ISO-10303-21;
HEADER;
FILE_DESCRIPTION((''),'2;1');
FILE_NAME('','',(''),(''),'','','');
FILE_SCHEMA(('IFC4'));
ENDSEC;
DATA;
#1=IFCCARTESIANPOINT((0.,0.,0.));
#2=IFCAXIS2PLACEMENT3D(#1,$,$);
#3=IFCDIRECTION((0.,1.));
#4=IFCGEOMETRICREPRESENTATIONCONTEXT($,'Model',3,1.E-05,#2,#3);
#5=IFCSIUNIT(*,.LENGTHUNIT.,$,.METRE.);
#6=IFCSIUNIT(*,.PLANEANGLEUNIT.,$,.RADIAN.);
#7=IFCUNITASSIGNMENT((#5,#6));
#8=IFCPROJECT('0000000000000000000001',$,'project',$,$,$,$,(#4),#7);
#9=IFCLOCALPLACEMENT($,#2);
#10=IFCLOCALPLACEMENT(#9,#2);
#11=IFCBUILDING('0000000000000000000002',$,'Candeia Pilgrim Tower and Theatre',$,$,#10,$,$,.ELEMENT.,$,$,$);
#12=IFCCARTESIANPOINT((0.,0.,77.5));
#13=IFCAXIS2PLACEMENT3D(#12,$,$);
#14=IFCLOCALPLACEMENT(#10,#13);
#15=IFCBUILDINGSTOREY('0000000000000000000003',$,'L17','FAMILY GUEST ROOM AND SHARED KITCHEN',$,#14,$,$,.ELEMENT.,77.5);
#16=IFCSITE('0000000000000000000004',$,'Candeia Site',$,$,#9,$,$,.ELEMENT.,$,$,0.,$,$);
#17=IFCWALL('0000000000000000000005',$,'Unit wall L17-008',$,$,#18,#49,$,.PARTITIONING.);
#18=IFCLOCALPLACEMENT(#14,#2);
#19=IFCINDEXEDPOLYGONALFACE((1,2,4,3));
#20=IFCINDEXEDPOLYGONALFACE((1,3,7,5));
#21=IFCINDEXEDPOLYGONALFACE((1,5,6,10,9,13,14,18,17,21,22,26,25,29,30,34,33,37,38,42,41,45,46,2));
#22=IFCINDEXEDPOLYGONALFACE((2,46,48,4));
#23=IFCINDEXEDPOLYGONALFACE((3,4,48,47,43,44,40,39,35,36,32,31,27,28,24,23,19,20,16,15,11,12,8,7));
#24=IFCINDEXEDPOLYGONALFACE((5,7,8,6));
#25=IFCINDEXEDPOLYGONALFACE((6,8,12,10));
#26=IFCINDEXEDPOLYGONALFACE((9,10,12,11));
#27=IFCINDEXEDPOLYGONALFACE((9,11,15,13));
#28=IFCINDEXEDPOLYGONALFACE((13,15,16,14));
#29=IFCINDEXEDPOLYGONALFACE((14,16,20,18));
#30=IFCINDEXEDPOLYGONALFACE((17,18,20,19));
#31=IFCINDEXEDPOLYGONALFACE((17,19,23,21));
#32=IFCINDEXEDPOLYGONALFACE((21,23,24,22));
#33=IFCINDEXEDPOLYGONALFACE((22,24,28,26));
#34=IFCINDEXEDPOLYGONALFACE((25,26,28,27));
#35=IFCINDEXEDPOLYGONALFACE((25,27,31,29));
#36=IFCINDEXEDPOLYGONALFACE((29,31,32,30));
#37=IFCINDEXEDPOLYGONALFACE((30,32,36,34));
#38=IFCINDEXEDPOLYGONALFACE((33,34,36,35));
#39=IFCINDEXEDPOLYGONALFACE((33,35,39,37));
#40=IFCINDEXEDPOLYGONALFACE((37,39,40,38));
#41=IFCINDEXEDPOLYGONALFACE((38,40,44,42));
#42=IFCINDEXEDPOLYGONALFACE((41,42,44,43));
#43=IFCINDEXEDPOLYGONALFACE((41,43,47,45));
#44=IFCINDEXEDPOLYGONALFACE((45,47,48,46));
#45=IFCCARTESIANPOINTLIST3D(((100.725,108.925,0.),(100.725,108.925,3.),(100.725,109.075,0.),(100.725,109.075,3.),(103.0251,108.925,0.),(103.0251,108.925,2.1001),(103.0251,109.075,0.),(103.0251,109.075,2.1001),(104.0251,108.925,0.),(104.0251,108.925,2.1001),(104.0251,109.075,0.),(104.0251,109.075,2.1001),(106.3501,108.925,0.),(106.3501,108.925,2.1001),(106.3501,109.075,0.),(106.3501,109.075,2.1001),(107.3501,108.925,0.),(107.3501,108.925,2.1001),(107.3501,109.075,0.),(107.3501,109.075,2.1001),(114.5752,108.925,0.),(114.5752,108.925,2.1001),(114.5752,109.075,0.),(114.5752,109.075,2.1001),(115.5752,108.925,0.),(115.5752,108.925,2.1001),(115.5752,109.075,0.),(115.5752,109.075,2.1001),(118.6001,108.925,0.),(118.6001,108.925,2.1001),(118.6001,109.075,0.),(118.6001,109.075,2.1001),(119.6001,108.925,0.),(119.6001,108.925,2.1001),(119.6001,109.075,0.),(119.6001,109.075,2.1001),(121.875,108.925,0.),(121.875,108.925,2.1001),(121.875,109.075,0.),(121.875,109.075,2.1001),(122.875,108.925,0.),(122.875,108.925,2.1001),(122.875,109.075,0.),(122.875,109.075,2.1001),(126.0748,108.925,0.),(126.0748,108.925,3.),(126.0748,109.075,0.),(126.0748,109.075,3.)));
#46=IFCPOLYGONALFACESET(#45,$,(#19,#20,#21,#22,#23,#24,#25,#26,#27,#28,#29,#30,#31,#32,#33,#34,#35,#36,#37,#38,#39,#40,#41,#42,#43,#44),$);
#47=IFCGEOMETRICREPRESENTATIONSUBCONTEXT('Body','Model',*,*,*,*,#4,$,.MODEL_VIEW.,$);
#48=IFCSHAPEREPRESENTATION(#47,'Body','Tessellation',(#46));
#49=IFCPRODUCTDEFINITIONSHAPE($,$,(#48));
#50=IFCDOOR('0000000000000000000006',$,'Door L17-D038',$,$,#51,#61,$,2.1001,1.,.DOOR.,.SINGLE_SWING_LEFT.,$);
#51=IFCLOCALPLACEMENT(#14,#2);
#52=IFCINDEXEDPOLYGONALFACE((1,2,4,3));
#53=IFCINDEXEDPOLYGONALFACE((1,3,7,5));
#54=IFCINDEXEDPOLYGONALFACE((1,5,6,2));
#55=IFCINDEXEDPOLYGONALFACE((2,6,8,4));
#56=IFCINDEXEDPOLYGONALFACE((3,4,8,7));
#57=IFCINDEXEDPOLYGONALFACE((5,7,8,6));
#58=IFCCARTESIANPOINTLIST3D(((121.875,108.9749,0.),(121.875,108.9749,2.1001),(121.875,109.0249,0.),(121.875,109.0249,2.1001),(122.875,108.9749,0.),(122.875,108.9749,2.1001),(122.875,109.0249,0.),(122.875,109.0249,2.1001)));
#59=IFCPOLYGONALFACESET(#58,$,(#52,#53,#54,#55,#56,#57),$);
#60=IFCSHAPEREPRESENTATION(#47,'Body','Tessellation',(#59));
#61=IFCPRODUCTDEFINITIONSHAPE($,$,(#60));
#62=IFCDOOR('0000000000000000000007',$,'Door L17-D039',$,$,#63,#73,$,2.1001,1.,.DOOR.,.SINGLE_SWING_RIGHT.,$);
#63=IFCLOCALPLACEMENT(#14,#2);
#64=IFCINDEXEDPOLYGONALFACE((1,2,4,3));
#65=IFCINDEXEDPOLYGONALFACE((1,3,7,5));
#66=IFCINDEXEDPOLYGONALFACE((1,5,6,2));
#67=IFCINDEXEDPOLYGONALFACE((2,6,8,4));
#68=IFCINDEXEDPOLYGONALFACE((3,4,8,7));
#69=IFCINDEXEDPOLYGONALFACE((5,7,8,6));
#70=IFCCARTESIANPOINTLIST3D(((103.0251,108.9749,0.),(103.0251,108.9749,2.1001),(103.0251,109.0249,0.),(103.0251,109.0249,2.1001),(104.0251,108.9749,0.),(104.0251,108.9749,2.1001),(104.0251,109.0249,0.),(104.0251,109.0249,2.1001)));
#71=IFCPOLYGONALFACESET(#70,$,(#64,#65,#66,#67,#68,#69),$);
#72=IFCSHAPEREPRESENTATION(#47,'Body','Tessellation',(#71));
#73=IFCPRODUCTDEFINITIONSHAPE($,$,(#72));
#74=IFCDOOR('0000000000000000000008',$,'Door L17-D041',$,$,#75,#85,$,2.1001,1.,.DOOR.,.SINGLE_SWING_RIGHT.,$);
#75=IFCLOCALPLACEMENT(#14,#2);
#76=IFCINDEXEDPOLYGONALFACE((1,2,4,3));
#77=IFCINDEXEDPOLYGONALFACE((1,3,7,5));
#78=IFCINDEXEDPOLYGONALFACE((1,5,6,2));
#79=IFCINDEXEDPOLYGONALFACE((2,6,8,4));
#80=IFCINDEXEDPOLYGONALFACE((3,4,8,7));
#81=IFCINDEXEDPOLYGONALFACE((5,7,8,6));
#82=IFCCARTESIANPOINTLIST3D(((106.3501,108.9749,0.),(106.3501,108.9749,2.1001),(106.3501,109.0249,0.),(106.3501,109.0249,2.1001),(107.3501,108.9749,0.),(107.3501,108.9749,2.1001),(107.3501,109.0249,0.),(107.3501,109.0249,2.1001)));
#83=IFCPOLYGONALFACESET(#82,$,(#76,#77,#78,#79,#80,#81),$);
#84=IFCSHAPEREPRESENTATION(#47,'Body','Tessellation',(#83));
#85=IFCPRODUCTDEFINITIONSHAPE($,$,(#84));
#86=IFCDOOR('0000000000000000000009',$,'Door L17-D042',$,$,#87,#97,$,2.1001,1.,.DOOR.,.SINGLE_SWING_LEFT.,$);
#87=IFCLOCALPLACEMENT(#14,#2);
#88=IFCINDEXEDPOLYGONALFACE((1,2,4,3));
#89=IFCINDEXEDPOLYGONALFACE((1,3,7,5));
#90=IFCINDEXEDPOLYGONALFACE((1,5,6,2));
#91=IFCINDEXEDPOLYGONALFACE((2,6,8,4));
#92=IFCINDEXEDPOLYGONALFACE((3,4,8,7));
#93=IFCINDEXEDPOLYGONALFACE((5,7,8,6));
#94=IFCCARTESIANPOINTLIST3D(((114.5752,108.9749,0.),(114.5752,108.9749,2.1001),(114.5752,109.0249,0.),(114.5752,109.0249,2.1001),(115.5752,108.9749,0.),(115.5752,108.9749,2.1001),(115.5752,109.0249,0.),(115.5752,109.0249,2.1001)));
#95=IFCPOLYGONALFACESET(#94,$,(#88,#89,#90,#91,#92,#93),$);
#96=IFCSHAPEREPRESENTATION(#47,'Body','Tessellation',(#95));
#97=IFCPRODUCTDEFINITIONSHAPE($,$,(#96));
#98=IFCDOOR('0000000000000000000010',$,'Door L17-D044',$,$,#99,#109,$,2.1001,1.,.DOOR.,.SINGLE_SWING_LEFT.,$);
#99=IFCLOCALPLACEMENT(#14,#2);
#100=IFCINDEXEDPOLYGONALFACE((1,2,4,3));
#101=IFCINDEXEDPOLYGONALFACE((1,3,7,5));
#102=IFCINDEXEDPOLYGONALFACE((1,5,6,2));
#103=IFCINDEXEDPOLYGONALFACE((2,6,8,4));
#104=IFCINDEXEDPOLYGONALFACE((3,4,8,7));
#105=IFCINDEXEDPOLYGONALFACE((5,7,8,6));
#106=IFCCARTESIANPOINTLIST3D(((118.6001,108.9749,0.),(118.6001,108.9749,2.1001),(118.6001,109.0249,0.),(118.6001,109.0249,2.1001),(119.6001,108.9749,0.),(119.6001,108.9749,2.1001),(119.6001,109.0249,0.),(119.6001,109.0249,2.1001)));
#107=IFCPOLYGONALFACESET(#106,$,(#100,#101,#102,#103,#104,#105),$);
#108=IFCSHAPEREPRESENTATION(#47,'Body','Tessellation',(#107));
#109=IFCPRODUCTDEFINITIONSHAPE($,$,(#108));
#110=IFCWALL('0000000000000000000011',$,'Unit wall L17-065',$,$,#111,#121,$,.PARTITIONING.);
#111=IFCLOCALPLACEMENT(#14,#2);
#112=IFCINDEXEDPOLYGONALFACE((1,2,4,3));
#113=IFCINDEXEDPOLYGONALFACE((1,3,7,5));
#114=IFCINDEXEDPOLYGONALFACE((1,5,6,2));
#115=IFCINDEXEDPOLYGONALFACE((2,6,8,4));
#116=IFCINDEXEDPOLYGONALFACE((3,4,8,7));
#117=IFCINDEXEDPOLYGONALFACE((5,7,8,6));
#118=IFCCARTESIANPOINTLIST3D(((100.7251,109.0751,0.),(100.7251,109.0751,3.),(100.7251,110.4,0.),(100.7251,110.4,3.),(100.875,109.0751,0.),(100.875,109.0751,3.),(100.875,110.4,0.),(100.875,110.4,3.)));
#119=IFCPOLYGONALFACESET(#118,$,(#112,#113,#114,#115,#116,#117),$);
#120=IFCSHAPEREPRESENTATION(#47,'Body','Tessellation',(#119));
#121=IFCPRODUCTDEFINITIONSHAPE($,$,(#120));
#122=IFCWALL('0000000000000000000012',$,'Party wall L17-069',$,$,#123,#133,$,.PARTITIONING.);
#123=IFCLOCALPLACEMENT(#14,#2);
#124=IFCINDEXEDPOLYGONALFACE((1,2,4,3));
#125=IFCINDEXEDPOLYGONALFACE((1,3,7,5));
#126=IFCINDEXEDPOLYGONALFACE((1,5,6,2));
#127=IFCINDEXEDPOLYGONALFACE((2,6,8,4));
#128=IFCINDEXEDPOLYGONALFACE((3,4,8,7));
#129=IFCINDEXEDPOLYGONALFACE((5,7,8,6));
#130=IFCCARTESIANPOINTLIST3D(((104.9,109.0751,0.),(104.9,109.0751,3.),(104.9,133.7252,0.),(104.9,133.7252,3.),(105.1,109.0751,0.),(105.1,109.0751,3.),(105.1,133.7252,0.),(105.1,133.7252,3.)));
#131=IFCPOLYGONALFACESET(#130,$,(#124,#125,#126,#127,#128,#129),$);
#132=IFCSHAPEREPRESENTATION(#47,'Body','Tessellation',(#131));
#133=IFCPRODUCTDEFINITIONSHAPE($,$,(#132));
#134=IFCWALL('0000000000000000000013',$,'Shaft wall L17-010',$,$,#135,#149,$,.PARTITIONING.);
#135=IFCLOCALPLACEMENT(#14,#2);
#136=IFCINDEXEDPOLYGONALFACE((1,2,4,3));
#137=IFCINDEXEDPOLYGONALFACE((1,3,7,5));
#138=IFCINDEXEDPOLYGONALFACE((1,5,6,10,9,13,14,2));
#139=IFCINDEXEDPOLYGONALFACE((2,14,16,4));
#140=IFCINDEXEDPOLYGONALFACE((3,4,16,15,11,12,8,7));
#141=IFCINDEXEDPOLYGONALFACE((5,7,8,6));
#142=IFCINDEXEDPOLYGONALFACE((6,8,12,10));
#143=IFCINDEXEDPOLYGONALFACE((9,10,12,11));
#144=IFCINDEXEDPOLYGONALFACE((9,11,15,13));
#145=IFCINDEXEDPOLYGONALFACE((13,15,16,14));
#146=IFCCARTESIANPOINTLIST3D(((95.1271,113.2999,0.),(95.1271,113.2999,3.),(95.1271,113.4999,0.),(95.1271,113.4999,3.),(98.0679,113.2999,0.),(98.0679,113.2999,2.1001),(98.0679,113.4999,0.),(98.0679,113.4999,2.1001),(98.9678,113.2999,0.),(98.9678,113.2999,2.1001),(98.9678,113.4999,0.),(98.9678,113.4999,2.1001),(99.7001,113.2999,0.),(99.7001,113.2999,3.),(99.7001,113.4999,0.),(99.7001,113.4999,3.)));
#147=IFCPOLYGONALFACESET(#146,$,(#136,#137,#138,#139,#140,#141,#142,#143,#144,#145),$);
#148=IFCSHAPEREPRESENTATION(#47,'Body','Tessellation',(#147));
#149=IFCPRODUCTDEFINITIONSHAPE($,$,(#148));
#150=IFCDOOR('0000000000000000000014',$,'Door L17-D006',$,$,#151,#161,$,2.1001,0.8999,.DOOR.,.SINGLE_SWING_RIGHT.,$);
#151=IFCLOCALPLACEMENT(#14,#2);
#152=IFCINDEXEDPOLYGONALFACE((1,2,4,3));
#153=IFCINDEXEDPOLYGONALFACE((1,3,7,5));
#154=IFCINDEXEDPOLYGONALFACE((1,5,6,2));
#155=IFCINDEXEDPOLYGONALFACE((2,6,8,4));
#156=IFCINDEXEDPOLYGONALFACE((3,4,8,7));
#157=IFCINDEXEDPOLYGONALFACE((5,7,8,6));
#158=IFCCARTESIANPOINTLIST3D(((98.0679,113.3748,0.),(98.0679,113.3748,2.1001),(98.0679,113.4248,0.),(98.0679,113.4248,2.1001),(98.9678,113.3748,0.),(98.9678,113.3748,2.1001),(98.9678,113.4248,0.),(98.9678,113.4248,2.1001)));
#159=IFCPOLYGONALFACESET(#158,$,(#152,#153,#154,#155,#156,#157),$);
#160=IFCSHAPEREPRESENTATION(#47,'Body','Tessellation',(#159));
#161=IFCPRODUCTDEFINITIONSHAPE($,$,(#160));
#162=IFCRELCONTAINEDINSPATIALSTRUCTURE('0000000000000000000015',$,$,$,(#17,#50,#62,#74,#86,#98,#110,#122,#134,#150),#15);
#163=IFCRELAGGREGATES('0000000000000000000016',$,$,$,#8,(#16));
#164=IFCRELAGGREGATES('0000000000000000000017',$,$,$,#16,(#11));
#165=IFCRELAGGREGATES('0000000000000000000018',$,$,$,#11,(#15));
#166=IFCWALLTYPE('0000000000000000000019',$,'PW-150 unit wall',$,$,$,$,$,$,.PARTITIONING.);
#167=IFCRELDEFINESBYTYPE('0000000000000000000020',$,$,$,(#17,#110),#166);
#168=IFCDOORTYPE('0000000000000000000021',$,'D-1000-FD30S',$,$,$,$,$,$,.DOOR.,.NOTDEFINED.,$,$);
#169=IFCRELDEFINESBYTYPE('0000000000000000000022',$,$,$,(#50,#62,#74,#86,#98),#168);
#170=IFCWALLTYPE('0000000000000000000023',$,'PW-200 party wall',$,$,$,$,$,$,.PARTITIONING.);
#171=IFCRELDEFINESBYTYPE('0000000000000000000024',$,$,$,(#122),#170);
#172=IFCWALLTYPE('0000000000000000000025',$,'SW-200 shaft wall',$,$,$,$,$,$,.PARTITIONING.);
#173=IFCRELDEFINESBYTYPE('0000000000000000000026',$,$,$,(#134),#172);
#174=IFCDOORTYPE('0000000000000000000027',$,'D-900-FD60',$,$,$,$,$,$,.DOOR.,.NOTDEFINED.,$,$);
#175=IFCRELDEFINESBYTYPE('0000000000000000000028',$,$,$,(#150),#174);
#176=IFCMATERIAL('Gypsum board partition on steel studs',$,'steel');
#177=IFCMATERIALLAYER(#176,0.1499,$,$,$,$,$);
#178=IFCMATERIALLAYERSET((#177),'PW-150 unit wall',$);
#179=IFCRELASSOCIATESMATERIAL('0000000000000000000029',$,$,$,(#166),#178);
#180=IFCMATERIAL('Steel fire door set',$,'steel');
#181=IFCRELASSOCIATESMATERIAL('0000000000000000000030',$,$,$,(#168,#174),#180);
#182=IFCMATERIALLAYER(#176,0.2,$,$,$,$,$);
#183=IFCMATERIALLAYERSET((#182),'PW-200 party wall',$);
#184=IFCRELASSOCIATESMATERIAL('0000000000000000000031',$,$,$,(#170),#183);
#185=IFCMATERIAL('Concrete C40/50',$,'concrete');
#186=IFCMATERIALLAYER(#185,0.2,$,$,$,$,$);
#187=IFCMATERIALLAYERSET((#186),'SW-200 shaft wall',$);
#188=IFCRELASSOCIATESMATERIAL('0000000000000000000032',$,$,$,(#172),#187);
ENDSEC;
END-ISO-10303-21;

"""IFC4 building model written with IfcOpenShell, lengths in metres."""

from ifc_helpers import new_model, si_unit, direction, frame, frame_2d, origin, place, context, subcontext, project, spatial, rectangle, extrude, material, layer, layer_set, type_object, element, fill, save


model = new_model("IFC4")

# Units and contexts
model_context = context("Model", 3, precision=1e-05, world=origin(), true_north=direction((0.0, 1.0)))
body_context = subcontext(model_context, "Body", "Model", "MODEL_VIEW")
ifc_project = project(units=[si_unit("LENGTHUNIT", "METRE"), si_unit("PLANEANGLEUNIT", "RADIAN")], contexts=[model_context])

# Site, building, storey
site_placement = place(None, origin())
site = spatial("IfcSite", under=ifc_project, at=site_placement, Name="Candeia Site", CompositionType="ELEMENT", RefElevation=0.0)
building_placement = place(site_placement, origin())
building = spatial("IfcBuilding", under=site, at=building_placement, Name="Candeia Pilgrim Tower and Theatre", CompositionType="ELEMENT")
storey_placement = place(building_placement, frame((0.0, 0.0, 77.5)))
storey = spatial("IfcBuildingStorey", under=building, at=storey_placement, Name="L17", Description="FAMILY GUEST ROOM AND SHARED KITCHEN", CompositionType="ELEMENT", Elevation=77.5)

# Shared definitions
ifc_material_1 = material(Name="Steel fire door set", Category="steel")

# Shared definitions
ifc_material_2 = material(Name="Gypsum board partition on steel studs", Category="steel")

# Wall, openings, doors
ifc_layer_1 = layer(ifc_material_2, 0.1499)
ifc_layer_set_1 = layer_set([ifc_layer_1], Name="PW-150 unit wall")
wall_type_1 = type_object("IfcWallType", Name="PW-150 unit wall", PredefinedType="PARTITIONING", material=ifc_layer_set_1)
wall_1_placement = place(storey_placement, frame((100.7251, 109.0, 0.0), z_axis=(0.0, 0.0, 1.0), x_axis=(1.0, 0.0, 0.0)))
wall_1 = element("IfcWall", 1, at=wall_1_placement, inside=storey, type_object=wall_type_1, Name="Unit wall L17-008", PredefinedType="PARTITIONING", context=body_context, shape_type="SweptSolid", body=[
    extrude(rectangle(XDim=25.3499, YDim=0.1499, at=frame_2d((12.6748, 0.0))), origin(), (0.0, 0.0, 1.0), 3.0),
])
opening_1_placement = place(wall_1_placement, frame((21.1499, 0.0, 0.0)))
opening_1 = element("IfcOpeningElement", 2, at=opening_1_placement, cuts=wall_1, PredefinedType="OPENING", context=body_context, shape_type="SweptSolid", body=[
    extrude(rectangle(XDim=1.0, YDim=2.1001, at=frame_2d((0.5, 1.05))), frame((0.0, 0.085, 0.0), z_axis=(0.0, -1.0, 0.0), x_axis=(1.0, 0.0, 0.0)), (0.0, 0.0, 1.0), 0.1699),
])
opening_2_placement = place(wall_1_placement, frame((2.3, 0.0, 0.0)))
opening_2 = element("IfcOpeningElement", 3, at=opening_2_placement, cuts=wall_1, PredefinedType="OPENING", context=body_context, shape_type="SweptSolid", body=[
    extrude(rectangle(XDim=1.0, YDim=2.1001, at=frame_2d((0.5, 1.05))), frame((0.0, 0.085, 0.0), z_axis=(0.0, -1.0, 0.0), x_axis=(1.0, 0.0, 0.0)), (0.0, 0.0, 1.0), 0.1699),
])
opening_3_placement = place(wall_1_placement, frame((5.625, 0.0, 0.0)))
opening_3 = element("IfcOpeningElement", 4, at=opening_3_placement, cuts=wall_1, PredefinedType="OPENING", context=body_context, shape_type="SweptSolid", body=[
    extrude(rectangle(XDim=1.0, YDim=2.1001, at=frame_2d((0.5, 1.05))), frame((0.0, 0.085, 0.0), z_axis=(0.0, -1.0, 0.0), x_axis=(1.0, 0.0, 0.0)), (0.0, 0.0, 1.0), 0.1699),
])
opening_4_placement = place(wall_1_placement, frame((13.8501, 0.0, 0.0)))
opening_4 = element("IfcOpeningElement", 5, at=opening_4_placement, cuts=wall_1, PredefinedType="OPENING", context=body_context, shape_type="SweptSolid", body=[
    extrude(rectangle(XDim=1.0, YDim=2.1001, at=frame_2d((0.5, 1.05))), frame((0.0, 0.085, 0.0), z_axis=(0.0, -1.0, 0.0), x_axis=(1.0, 0.0, 0.0)), (0.0, 0.0, 1.0), 0.1699),
])
opening_5_placement = place(wall_1_placement, frame((17.875, 0.0, 0.0)))
opening_5 = element("IfcOpeningElement", 6, at=opening_5_placement, cuts=wall_1, PredefinedType="OPENING", context=body_context, shape_type="SweptSolid", body=[
    extrude(rectangle(XDim=1.0, YDim=2.1001, at=frame_2d((0.5, 1.05))), frame((0.0, 0.085, 0.0), z_axis=(0.0, -1.0, 0.0), x_axis=(1.0, 0.0, 0.0)), (0.0, 0.0, 1.0), 0.1699),
])
door_type_1 = type_object("IfcDoorType", Name="D-1000-FD30S", OperationType="NOTDEFINED", PredefinedType="DOOR", material=ifc_material_1)
door_1_placement = place(opening_1_placement, origin())
door_1 = element("IfcDoor", 7, at=door_1_placement, inside=storey, type_object=door_type_1, Name="Door L17-D038", OperationType="SINGLE_SWING_LEFT", OverallHeight=2.1001, OverallWidth=1.0, PredefinedType="DOOR", context=body_context, shape_type="SweptSolid", body=[
    extrude(rectangle(XDim=1.0, YDim=2.1001, at=frame_2d((0.5, 1.05))), frame((0.0, 0.0249, 0.0), z_axis=(0.0, -1.0, 0.0), x_axis=(1.0, 0.0, 0.0)), (0.0, 0.0, 1.0), 0.05),
])
fill(opening_1, door_1)
door_2_placement = place(opening_2_placement, origin())
door_2 = element("IfcDoor", 8, at=door_2_placement, inside=storey, type_object=door_type_1, Name="Door L17-D039", OperationType="SINGLE_SWING_RIGHT", OverallHeight=2.1001, OverallWidth=1.0, PredefinedType="DOOR", context=body_context, shape_type="SweptSolid", body=[
    extrude(rectangle(XDim=1.0, YDim=2.1001, at=frame_2d((0.5, 1.05))), frame((0.0, 0.0249, 0.0), z_axis=(0.0, -1.0, 0.0), x_axis=(1.0, 0.0, 0.0)), (0.0, 0.0, 1.0), 0.05),
])
fill(opening_2, door_2)
door_3_placement = place(opening_3_placement, origin())
door_3 = element("IfcDoor", 9, at=door_3_placement, inside=storey, type_object=door_type_1, Name="Door L17-D041", OperationType="SINGLE_SWING_RIGHT", OverallHeight=2.1001, OverallWidth=1.0, PredefinedType="DOOR", context=body_context, shape_type="SweptSolid", body=[
    extrude(rectangle(XDim=1.0, YDim=2.1001, at=frame_2d((0.5, 1.05))), frame((0.0, 0.0249, 0.0), z_axis=(0.0, -1.0, 0.0), x_axis=(1.0, 0.0, 0.0)), (0.0, 0.0, 1.0), 0.05),
])
fill(opening_3, door_3)
door_4_placement = place(opening_4_placement, origin())
door_4 = element("IfcDoor", 10, at=door_4_placement, inside=storey, type_object=door_type_1, Name="Door L17-D042", OperationType="SINGLE_SWING_LEFT", OverallHeight=2.1001, OverallWidth=1.0, PredefinedType="DOOR", context=body_context, shape_type="SweptSolid", body=[
    extrude(rectangle(XDim=1.0, YDim=2.1001, at=frame_2d((0.5, 1.05))), frame((0.0, 0.0249, 0.0), z_axis=(0.0, -1.0, 0.0), x_axis=(1.0, 0.0, 0.0)), (0.0, 0.0, 1.0), 0.05),
])
fill(opening_4, door_4)
door_5_placement = place(opening_5_placement, origin())
door_5 = element("IfcDoor", 11, at=door_5_placement, inside=storey, type_object=door_type_1, Name="Door L17-D044", OperationType="SINGLE_SWING_LEFT", OverallHeight=2.1001, OverallWidth=1.0, PredefinedType="DOOR", context=body_context, shape_type="SweptSolid", body=[
    extrude(rectangle(XDim=1.0, YDim=2.1001, at=frame_2d((0.5, 1.05))), frame((0.0, 0.0249, 0.0), z_axis=(0.0, -1.0, 0.0), x_axis=(1.0, 0.0, 0.0)), (0.0, 0.0, 1.0), 0.05),
])
fill(opening_5, door_5)

# Walls
wall_2_placement = place(storey_placement, frame((100.8, 109.075, 0.0), z_axis=(0.0, 0.0, 1.0), x_axis=(0.0, 1.0, 0.0)))
element("IfcWall", 12, at=wall_2_placement, inside=storey, type_object=wall_type_1, Name="Unit wall L17-065", PredefinedType="PARTITIONING", context=body_context, shape_type="SweptSolid", body=[
    extrude(rectangle(XDim=1.325, YDim=0.1499, at=frame_2d((0.6626, 0.0))), origin(), (0.0, 0.0, 1.0), 3.0),
])
ifc_layer_2 = layer(ifc_material_2, 0.2)
ifc_layer_set_2 = layer_set([ifc_layer_2], Name="PW-200 party wall")
wall_type_2 = type_object("IfcWallType", Name="PW-200 party wall", PredefinedType="PARTITIONING", material=ifc_layer_set_2)
wall_3_placement = place(storey_placement, frame((105.0, 109.075, 0.0), z_axis=(0.0, 0.0, 1.0), x_axis=(0.0, 1.0, 0.0)))
element("IfcWall", 13, at=wall_3_placement, inside=storey, type_object=wall_type_2, Name="Party wall L17-069", PredefinedType="PARTITIONING", context=body_context, shape_type="SweptSolid", body=[
    extrude(rectangle(XDim=24.6501, YDim=0.2, at=frame_2d((12.3252, 0.0))), origin(), (0.0, 0.0, 1.0), 3.0),
])

# Wall, opening, door
ifc_material_3 = material(Name="Concrete C40/50", Category="concrete")
ifc_layer_3 = layer(ifc_material_3, 0.2)
ifc_layer_set_3 = layer_set([ifc_layer_3], Name="SW-200 shaft wall")
wall_type_3 = type_object("IfcWallType", Name="SW-200 shaft wall", PredefinedType="PARTITIONING", material=ifc_layer_set_3)
wall_4_placement = place(storey_placement, frame((95.127, 113.3999, 0.0), z_axis=(0.0, 0.0, 1.0), x_axis=(1.0, 0.0, 0.0)))
wall_4 = element("IfcWall", 14, at=wall_4_placement, inside=storey, type_object=wall_type_3, Name="Shaft wall L17-010", PredefinedType="PARTITIONING", context=body_context, shape_type="SweptSolid", body=[
    extrude(rectangle(XDim=4.573, YDim=0.2, at=frame_2d((2.2866, 0.0))), origin(), (0.0, 0.0, 1.0), 3.0),
])
opening_6_placement = place(wall_4_placement, frame((2.9409, 0.0, 0.0)))
opening_6 = element("IfcOpeningElement", 15, at=opening_6_placement, cuts=wall_4, PredefinedType="OPENING", context=body_context, shape_type="SweptSolid", body=[
    extrude(rectangle(XDim=0.8999, YDim=2.1001, at=frame_2d((0.45, 1.05))), frame((0.0, 0.1099, 0.0), z_axis=(0.0, -1.0, 0.0), x_axis=(1.0, 0.0, 0.0)), (0.0, 0.0, 1.0), 0.22),
])
door_type_2 = type_object("IfcDoorType", Name="D-900-FD60", OperationType="NOTDEFINED", PredefinedType="DOOR", material=ifc_material_1)
door_6_placement = place(opening_6_placement, origin())
door_6 = element("IfcDoor", 16, at=door_6_placement, inside=storey, type_object=door_type_2, Name="Door L17-D006", OperationType="SINGLE_SWING_RIGHT", OverallHeight=2.1001, OverallWidth=0.8999, PredefinedType="DOOR", context=body_context, shape_type="SweptSolid", body=[
    extrude(rectangle(XDim=0.8999, YDim=2.1001, at=frame_2d((0.45, 1.05))), frame((0.0, 0.0249, 0.0), z_axis=(0.0, -1.0, 0.0), x_axis=(1.0, 0.0, 0.0)), (0.0, 0.0, 1.0), 0.05),
])
fill(opening_6, door_6)

save(model, "model.ifc")
